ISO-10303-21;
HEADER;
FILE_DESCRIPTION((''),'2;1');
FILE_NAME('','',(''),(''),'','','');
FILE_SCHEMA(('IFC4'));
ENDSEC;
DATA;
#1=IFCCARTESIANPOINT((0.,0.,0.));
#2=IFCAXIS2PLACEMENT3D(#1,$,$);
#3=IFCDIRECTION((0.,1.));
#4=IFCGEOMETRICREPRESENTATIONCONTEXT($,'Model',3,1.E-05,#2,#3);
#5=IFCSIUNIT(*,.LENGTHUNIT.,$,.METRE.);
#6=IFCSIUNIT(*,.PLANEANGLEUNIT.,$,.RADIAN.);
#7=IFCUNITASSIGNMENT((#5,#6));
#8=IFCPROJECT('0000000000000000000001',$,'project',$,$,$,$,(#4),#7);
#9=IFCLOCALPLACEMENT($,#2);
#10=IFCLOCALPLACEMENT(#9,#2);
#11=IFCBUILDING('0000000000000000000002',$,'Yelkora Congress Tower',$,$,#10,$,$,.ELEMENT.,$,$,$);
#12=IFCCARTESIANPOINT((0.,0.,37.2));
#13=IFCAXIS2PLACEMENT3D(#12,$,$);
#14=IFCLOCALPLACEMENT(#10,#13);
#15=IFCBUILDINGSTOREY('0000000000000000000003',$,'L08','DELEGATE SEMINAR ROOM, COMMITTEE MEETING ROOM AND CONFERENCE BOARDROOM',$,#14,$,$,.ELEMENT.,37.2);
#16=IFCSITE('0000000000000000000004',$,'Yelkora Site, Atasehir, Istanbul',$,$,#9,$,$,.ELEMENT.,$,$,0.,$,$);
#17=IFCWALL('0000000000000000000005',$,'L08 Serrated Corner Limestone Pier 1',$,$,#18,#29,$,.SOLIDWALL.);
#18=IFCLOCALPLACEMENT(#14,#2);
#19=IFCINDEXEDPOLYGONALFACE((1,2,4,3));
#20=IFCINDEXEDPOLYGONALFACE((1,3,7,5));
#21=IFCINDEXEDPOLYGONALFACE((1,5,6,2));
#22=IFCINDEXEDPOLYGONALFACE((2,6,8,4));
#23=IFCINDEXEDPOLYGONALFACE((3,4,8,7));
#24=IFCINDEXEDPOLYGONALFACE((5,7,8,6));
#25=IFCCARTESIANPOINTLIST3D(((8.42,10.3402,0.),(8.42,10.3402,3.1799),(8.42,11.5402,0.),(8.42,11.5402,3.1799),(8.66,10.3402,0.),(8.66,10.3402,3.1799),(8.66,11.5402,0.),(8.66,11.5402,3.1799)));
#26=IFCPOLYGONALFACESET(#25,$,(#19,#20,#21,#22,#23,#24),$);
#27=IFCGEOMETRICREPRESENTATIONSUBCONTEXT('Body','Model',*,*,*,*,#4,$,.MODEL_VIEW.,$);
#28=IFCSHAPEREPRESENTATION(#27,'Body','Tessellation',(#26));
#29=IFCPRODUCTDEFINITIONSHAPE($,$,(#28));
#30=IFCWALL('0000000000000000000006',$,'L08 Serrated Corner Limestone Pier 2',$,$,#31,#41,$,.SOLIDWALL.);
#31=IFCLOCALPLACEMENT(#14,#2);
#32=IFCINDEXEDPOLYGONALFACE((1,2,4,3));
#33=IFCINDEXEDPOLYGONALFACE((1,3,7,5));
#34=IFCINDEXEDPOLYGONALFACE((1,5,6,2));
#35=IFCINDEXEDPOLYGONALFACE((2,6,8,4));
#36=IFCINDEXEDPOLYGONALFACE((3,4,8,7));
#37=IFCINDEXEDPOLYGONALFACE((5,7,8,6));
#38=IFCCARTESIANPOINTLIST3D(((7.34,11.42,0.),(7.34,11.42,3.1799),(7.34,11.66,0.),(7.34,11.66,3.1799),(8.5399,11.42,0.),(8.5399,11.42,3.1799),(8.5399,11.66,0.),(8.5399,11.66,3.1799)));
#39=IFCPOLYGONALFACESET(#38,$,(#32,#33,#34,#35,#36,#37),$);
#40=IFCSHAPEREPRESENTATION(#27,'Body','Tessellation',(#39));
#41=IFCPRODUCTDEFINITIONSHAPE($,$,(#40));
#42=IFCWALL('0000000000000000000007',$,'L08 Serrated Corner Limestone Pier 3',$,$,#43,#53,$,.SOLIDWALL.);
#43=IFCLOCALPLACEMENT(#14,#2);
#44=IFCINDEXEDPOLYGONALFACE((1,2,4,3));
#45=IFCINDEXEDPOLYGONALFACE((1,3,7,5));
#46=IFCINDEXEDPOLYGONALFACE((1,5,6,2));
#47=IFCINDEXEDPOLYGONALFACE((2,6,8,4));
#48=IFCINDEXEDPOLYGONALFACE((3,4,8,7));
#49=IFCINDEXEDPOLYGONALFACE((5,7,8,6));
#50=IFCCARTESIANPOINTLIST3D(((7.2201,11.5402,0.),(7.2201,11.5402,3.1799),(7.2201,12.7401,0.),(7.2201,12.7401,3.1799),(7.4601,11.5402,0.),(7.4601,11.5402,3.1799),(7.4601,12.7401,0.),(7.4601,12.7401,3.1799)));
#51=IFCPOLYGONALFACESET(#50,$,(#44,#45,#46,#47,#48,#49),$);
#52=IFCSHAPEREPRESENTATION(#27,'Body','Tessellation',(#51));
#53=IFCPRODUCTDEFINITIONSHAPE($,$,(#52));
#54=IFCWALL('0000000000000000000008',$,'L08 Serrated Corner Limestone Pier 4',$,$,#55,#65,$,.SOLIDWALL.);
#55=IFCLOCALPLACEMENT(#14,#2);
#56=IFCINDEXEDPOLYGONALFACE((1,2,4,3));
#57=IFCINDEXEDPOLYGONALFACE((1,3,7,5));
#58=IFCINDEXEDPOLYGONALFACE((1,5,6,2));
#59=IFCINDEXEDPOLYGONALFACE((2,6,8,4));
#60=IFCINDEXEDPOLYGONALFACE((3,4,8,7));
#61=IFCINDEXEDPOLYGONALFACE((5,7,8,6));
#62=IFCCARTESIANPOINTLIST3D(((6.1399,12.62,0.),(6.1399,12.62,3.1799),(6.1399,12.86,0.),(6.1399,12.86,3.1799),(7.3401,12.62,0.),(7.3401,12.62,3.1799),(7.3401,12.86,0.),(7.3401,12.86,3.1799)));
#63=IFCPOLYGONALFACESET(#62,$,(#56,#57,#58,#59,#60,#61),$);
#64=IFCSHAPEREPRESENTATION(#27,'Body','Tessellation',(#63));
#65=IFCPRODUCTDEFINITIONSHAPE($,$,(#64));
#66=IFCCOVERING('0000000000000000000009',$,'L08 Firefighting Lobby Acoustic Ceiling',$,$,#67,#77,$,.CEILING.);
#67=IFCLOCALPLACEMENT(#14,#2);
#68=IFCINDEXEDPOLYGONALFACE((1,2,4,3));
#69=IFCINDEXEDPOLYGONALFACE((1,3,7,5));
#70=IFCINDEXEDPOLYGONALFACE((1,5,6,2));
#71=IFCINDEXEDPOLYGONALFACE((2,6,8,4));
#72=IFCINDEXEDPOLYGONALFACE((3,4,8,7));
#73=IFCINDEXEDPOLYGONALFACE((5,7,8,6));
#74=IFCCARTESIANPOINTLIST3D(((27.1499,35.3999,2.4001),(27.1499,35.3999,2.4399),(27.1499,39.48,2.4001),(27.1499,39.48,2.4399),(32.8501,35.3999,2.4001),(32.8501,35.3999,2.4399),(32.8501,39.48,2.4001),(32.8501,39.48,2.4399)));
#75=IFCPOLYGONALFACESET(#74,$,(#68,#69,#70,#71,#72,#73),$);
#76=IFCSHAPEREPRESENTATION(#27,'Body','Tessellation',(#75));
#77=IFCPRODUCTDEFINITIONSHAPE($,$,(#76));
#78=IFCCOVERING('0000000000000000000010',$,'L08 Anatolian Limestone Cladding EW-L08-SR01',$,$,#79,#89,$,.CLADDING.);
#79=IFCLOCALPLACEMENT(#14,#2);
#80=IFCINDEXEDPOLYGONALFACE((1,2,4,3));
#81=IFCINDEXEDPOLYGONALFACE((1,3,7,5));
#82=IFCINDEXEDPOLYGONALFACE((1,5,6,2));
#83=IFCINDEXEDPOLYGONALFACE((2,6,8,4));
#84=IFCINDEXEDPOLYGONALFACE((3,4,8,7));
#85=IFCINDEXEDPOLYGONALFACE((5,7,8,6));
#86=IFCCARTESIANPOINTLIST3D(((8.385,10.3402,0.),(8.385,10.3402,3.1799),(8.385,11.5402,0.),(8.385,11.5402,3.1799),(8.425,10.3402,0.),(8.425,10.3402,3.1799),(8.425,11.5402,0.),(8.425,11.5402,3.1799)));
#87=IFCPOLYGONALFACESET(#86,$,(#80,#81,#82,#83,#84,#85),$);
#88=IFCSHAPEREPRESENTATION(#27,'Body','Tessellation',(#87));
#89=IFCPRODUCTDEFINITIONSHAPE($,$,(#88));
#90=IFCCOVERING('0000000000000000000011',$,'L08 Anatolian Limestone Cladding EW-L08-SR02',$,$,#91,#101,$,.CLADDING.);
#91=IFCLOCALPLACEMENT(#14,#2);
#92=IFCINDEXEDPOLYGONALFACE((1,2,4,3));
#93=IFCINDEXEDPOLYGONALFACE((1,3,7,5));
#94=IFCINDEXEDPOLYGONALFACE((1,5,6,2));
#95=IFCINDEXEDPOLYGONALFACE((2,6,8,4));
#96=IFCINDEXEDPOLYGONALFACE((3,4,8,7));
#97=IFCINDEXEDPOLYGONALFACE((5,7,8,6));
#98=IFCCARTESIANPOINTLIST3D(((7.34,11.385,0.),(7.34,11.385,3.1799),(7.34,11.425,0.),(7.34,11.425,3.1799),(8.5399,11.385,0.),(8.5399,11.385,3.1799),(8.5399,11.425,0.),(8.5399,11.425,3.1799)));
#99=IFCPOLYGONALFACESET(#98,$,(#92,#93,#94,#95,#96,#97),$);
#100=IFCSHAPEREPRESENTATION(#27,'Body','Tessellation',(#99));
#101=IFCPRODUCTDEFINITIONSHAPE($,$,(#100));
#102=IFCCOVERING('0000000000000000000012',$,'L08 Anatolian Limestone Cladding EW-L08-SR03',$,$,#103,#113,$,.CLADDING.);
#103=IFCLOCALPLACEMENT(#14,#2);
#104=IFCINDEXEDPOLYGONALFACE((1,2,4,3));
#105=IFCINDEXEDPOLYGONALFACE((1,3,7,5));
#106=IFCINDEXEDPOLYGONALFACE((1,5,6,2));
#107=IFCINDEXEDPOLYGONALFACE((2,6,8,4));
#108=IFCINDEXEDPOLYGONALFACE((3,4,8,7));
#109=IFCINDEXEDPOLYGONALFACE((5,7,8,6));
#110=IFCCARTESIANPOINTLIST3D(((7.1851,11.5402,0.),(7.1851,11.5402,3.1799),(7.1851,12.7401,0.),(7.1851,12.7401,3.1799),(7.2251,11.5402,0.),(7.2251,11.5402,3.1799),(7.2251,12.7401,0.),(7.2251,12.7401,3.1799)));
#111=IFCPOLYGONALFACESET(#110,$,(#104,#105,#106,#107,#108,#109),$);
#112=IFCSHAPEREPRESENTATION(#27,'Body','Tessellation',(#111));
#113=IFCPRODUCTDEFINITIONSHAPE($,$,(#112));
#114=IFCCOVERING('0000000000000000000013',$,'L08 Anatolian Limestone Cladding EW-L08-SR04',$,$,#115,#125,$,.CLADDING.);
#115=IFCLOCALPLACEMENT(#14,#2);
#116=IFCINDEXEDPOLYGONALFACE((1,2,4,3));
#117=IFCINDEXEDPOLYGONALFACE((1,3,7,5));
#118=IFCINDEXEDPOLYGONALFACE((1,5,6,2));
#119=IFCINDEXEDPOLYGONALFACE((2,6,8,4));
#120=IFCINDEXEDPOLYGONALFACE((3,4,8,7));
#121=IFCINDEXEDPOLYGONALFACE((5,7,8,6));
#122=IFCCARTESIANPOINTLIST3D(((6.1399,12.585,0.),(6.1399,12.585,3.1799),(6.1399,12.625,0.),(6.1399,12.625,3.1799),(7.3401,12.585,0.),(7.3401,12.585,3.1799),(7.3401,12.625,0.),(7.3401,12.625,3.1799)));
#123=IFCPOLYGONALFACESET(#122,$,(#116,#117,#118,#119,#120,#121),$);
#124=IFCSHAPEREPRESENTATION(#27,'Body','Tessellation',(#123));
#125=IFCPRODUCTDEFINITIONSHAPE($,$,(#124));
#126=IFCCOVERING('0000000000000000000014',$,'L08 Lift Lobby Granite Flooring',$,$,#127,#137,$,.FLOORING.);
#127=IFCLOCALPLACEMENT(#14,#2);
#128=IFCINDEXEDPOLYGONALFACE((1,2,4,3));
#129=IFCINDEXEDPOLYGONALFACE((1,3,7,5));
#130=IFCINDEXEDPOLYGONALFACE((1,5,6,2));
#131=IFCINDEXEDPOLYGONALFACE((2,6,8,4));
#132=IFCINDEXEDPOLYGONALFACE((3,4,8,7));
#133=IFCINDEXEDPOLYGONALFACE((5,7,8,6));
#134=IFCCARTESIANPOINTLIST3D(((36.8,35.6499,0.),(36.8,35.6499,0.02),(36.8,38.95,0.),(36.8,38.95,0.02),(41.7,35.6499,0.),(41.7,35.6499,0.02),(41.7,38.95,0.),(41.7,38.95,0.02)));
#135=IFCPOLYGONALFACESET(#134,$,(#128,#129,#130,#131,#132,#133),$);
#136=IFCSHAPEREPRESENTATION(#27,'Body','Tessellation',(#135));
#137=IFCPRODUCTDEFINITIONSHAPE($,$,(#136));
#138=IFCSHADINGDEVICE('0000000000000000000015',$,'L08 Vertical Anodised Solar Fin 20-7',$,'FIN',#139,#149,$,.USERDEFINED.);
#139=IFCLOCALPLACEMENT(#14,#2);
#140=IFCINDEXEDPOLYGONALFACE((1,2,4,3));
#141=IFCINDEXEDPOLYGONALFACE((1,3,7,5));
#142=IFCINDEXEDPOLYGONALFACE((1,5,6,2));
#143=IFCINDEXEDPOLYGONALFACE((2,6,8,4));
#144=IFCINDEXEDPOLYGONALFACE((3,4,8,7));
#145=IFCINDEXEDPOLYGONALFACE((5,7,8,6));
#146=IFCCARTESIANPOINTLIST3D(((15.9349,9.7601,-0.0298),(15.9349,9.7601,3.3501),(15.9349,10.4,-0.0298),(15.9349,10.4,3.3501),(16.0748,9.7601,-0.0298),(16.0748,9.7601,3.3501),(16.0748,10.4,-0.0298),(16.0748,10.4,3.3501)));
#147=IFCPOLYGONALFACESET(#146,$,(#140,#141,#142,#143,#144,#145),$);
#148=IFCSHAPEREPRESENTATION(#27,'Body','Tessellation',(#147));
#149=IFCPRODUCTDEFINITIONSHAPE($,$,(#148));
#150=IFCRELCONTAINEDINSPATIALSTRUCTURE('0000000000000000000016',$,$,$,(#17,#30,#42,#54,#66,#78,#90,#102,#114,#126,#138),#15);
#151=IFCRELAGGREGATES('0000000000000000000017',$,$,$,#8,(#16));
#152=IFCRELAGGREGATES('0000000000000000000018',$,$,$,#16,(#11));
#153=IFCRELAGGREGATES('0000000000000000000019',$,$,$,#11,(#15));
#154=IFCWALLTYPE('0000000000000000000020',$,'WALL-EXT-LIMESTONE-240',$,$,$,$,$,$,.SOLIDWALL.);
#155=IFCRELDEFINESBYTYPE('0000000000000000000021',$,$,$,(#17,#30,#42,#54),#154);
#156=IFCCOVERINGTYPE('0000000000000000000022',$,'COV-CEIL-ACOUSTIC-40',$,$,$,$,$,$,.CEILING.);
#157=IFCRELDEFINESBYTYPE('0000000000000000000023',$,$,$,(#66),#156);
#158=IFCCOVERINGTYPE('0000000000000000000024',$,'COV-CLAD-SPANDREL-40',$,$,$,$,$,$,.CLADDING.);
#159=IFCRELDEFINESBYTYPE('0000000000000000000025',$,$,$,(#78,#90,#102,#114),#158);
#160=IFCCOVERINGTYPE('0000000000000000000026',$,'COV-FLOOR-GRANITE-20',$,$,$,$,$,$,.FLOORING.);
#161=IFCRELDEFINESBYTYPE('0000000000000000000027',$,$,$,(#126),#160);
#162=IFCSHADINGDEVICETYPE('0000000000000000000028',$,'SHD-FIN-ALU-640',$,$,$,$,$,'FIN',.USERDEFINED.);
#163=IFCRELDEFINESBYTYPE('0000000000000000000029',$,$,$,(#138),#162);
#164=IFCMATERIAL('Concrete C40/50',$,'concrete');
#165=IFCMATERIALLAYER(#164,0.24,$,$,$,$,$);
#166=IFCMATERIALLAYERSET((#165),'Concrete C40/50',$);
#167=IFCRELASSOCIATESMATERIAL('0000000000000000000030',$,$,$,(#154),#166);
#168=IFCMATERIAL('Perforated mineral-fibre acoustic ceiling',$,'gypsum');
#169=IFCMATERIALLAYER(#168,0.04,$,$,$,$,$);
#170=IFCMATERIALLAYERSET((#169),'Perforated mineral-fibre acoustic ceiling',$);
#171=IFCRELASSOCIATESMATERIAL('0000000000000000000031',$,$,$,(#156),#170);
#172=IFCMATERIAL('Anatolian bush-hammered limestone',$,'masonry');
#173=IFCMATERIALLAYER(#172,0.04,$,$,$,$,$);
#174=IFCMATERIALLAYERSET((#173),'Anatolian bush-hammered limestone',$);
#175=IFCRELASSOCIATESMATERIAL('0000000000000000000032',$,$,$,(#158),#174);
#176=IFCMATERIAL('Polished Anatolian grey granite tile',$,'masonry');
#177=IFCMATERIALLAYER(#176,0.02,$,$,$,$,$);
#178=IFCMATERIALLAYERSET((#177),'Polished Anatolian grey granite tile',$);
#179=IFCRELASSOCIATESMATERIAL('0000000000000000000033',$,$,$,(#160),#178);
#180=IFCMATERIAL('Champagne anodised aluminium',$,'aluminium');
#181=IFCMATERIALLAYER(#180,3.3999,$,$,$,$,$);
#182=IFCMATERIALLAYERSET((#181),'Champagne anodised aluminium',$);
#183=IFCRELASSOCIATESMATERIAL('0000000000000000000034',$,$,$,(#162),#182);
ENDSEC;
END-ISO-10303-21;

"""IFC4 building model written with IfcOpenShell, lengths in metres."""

from ifc_helpers import new_model, si_unit, direction, frame, frame_2d, origin, origin_2d, place, context, subcontext, project, spatial, polyline, rectangle, outline, extrude, material, layer, layer_set, type_object, element, save


model = new_model("IFC4")

# Units and contexts
model_context = context("Model", 3, precision=1e-05, world=origin(), true_north=direction((0.0, 1.0)))
body_context = subcontext(model_context, "Body", "Model", "MODEL_VIEW")
ifc_project = project(units=[si_unit("LENGTHUNIT", "METRE"), si_unit("PLANEANGLEUNIT", "RADIAN")], contexts=[model_context])

# Site, building, storey
site_placement = place(None, origin())
site = spatial("IfcSite", under=ifc_project, at=site_placement, Name="Yelkora Site, Atasehir, Istanbul", CompositionType="ELEMENT", RefElevation=0.0)
building_placement = place(site_placement, origin())
building = spatial("IfcBuilding", under=site, at=building_placement, Name="Yelkora Congress Tower", CompositionType="ELEMENT")
storey_placement = place(building_placement, frame((0.0, 0.0, 37.2)))
storey = spatial("IfcBuildingStorey", under=building, at=storey_placement, Name="L08", Description="DELEGATE SEMINAR ROOM, COMMITTEE MEETING ROOM AND CONFERENCE BOARDROOM", CompositionType="ELEMENT", Elevation=37.2)

# Shared definitions
ifc_material_1 = material(Name="Concrete C40/50", Category="concrete")

# Walls
ifc_layer_1 = layer(ifc_material_1, 0.24)
ifc_layer_set_1 = layer_set([ifc_layer_1], Name="Concrete C40/50")
wall_type = type_object("IfcWallType", Name="WALL-EXT-LIMESTONE-240", PredefinedType="SOLIDWALL", material=ifc_layer_set_1)
for number, where, z_axis, x_axis, name in (
    (1, (8.54, 10.3401, 0.0), (0.0, 0.0, 1.0), (0.0, 1.0, 0.0), "L08 Serrated Corner Limestone Pier 1"),
    (2, (8.54, 11.54, 0.0), (0.0, 0.0, 1.0), (-1.0, 0.0, 0.0), "L08 Serrated Corner Limestone Pier 2"),
    (3, (7.3401, 11.54, 0.0), (0.0, 0.0, 1.0), (0.0, 1.0, 0.0), "L08 Serrated Corner Limestone Pier 3"),
):
    element("IfcWall", number, at=place(storey_placement, frame(where, z_axis=z_axis, x_axis=x_axis)), inside=storey, type_object=wall_type, Name=name, PredefinedType="SOLIDWALL", context=body_context, shape_type="SweptSolid", body=[
        extrude(rectangle(XDim=1.2, YDim=0.24, at=frame_2d((0.6001, 0.0))), origin(), (0.0, 0.0, 1.0), 3.1799),
    ])
wall_placement = place(storey_placement, frame((7.3401, 12.74, 0.0), z_axis=(0.0, 0.0, 1.0), x_axis=(-1.0, 0.0, 0.0)))
element("IfcWall", 4, at=wall_placement, inside=storey, type_object=wall_type, Name="L08 Serrated Corner Limestone Pier 4", PredefinedType="SOLIDWALL", context=body_context, shape_type="SweptSolid", body=[
    extrude(rectangle(XDim=1.2002, YDim=0.24, at=frame_2d((0.6001, 0.0))), origin(), (0.0, 0.0, 1.0), 3.1799),
])

# Coverings
ifc_material_2 = material(Name="Perforated mineral-fibre acoustic ceiling", Category="gypsum")
ifc_layer_2 = layer(ifc_material_2, 0.04)
ifc_layer_set_2 = layer_set([ifc_layer_2], Name="Perforated mineral-fibre acoustic ceiling")
covering_type_1 = type_object("IfcCoveringType", Name="COV-CEIL-ACOUSTIC-40", PredefinedType="CEILING", material=ifc_layer_set_2)
covering_1_placement = place(storey_placement, frame((0.0, 0.0, 2.4001)))
element("IfcCovering", 5, at=covering_1_placement, inside=storey, type_object=covering_type_1, Name="L08 Firefighting Lobby Acoustic Ceiling", PredefinedType="CEILING", context=body_context, shape_type="SweptSolid", body=[
    extrude(outline(polyline([(27.1499, 35.3999), (32.8501, 35.3999), (32.8501, 39.48), (27.1499, 39.48), (27.1499, 35.3999)])), origin(), (0.0, 0.0, 1.0), 0.0398),
])
ifc_material_3 = material(Name="Anatolian bush-hammered limestone", Category="masonry")
ifc_layer_3 = layer(ifc_material_3, 0.04)
ifc_layer_set_3 = layer_set([ifc_layer_3], Name="Anatolian bush-hammered limestone")
covering_type_2 = type_object("IfcCoveringType", Name="COV-CLAD-SPANDREL-40", PredefinedType="CLADDING", material=ifc_layer_set_3)
for number, where, z_axis, x_axis, name in (
    (6, (8.405, 10.3401, 0.0), (0.0, 0.0, 1.0), (0.0, 1.0, 0.0), "L08 Anatolian Limestone Cladding EW-L08-SR01"),
    (7, (8.54, 11.405, 0.0), (0.0, 0.0, 1.0), (-1.0, 0.0, 0.0), "L08 Anatolian Limestone Cladding EW-L08-SR02"),
    (8, (7.2051, 11.54, 0.0), (0.0, 0.0, 1.0), (0.0, 1.0, 0.0), "L08 Anatolian Limestone Cladding EW-L08-SR03"),
):
    element("IfcCovering", number, at=place(storey_placement, frame(where, z_axis=z_axis, x_axis=x_axis)), inside=storey, type_object=covering_type_2, Name=name, PredefinedType="CLADDING", context=body_context, shape_type="SweptSolid", body=[
        extrude(rectangle(XDim=1.2, YDim=0.04, at=frame_2d((0.6001, 0.0))), origin(), (0.0, 0.0, 1.0), 3.1799),
    ])
covering_2_placement = place(storey_placement, frame((7.3401, 12.605, 0.0), z_axis=(0.0, 0.0, 1.0), x_axis=(-1.0, 0.0, 0.0)))
element("IfcCovering", 9, at=covering_2_placement, inside=storey, type_object=covering_type_2, Name="L08 Anatolian Limestone Cladding EW-L08-SR04", PredefinedType="CLADDING", context=body_context, shape_type="SweptSolid", body=[
    extrude(rectangle(XDim=1.2002, YDim=0.04, at=frame_2d((0.6001, 0.0))), origin(), (0.0, 0.0, 1.0), 3.1799),
])
ifc_material_4 = material(Name="Polished Anatolian grey granite tile", Category="masonry")
ifc_layer_4 = layer(ifc_material_4, 0.02)
ifc_layer_set_4 = layer_set([ifc_layer_4], Name="Polished Anatolian grey granite tile")
covering_type_3 = type_object("IfcCoveringType", Name="COV-FLOOR-GRANITE-20", PredefinedType="FLOORING", material=ifc_layer_set_4)
covering_3_placement = place(storey_placement, origin())
element("IfcCovering", 10, at=covering_3_placement, inside=storey, type_object=covering_type_3, Name="L08 Lift Lobby Granite Flooring", PredefinedType="FLOORING", context=body_context, shape_type="SweptSolid", body=[
    extrude(outline(polyline([(36.8, 35.6499), (41.7, 35.6499), (41.7, 38.95), (36.8, 38.95), (36.8, 35.6499)])), origin(), (0.0, 0.0, 1.0), 0.02),
])

# Shading device
ifc_material_5 = material(Name="Champagne anodised aluminium", Category="aluminium")
ifc_layer_5 = layer(ifc_material_5, 3.3999)
ifc_layer_set_5 = layer_set([ifc_layer_5], Name="Champagne anodised aluminium")
shading_device_type = type_object("IfcShadingDeviceType", Name="SHD-FIN-ALU-640", ElementType="FIN", PredefinedType="USERDEFINED", material=ifc_layer_set_5)
shading_device_placement = place(storey_placement, frame((16.0049, 10.0801, -0.0298), z_axis=(0.0, 0.0, 1.0), x_axis=(-1.0, 0.0, 0.0)))
element("IfcShadingDevice", 11, at=shading_device_placement, inside=storey, type_object=shading_device_type, Name="L08 Vertical Anodised Solar Fin 20-7", ObjectType="FIN", PredefinedType="USERDEFINED", context=body_context, shape_type="SweptSolid", body=[
    extrude(rectangle(XDim=0.1399, YDim=0.6399, at=origin_2d()), origin(), (0.0, 0.0, 1.0), 3.3799),
])

save(model, "model.ifc")
